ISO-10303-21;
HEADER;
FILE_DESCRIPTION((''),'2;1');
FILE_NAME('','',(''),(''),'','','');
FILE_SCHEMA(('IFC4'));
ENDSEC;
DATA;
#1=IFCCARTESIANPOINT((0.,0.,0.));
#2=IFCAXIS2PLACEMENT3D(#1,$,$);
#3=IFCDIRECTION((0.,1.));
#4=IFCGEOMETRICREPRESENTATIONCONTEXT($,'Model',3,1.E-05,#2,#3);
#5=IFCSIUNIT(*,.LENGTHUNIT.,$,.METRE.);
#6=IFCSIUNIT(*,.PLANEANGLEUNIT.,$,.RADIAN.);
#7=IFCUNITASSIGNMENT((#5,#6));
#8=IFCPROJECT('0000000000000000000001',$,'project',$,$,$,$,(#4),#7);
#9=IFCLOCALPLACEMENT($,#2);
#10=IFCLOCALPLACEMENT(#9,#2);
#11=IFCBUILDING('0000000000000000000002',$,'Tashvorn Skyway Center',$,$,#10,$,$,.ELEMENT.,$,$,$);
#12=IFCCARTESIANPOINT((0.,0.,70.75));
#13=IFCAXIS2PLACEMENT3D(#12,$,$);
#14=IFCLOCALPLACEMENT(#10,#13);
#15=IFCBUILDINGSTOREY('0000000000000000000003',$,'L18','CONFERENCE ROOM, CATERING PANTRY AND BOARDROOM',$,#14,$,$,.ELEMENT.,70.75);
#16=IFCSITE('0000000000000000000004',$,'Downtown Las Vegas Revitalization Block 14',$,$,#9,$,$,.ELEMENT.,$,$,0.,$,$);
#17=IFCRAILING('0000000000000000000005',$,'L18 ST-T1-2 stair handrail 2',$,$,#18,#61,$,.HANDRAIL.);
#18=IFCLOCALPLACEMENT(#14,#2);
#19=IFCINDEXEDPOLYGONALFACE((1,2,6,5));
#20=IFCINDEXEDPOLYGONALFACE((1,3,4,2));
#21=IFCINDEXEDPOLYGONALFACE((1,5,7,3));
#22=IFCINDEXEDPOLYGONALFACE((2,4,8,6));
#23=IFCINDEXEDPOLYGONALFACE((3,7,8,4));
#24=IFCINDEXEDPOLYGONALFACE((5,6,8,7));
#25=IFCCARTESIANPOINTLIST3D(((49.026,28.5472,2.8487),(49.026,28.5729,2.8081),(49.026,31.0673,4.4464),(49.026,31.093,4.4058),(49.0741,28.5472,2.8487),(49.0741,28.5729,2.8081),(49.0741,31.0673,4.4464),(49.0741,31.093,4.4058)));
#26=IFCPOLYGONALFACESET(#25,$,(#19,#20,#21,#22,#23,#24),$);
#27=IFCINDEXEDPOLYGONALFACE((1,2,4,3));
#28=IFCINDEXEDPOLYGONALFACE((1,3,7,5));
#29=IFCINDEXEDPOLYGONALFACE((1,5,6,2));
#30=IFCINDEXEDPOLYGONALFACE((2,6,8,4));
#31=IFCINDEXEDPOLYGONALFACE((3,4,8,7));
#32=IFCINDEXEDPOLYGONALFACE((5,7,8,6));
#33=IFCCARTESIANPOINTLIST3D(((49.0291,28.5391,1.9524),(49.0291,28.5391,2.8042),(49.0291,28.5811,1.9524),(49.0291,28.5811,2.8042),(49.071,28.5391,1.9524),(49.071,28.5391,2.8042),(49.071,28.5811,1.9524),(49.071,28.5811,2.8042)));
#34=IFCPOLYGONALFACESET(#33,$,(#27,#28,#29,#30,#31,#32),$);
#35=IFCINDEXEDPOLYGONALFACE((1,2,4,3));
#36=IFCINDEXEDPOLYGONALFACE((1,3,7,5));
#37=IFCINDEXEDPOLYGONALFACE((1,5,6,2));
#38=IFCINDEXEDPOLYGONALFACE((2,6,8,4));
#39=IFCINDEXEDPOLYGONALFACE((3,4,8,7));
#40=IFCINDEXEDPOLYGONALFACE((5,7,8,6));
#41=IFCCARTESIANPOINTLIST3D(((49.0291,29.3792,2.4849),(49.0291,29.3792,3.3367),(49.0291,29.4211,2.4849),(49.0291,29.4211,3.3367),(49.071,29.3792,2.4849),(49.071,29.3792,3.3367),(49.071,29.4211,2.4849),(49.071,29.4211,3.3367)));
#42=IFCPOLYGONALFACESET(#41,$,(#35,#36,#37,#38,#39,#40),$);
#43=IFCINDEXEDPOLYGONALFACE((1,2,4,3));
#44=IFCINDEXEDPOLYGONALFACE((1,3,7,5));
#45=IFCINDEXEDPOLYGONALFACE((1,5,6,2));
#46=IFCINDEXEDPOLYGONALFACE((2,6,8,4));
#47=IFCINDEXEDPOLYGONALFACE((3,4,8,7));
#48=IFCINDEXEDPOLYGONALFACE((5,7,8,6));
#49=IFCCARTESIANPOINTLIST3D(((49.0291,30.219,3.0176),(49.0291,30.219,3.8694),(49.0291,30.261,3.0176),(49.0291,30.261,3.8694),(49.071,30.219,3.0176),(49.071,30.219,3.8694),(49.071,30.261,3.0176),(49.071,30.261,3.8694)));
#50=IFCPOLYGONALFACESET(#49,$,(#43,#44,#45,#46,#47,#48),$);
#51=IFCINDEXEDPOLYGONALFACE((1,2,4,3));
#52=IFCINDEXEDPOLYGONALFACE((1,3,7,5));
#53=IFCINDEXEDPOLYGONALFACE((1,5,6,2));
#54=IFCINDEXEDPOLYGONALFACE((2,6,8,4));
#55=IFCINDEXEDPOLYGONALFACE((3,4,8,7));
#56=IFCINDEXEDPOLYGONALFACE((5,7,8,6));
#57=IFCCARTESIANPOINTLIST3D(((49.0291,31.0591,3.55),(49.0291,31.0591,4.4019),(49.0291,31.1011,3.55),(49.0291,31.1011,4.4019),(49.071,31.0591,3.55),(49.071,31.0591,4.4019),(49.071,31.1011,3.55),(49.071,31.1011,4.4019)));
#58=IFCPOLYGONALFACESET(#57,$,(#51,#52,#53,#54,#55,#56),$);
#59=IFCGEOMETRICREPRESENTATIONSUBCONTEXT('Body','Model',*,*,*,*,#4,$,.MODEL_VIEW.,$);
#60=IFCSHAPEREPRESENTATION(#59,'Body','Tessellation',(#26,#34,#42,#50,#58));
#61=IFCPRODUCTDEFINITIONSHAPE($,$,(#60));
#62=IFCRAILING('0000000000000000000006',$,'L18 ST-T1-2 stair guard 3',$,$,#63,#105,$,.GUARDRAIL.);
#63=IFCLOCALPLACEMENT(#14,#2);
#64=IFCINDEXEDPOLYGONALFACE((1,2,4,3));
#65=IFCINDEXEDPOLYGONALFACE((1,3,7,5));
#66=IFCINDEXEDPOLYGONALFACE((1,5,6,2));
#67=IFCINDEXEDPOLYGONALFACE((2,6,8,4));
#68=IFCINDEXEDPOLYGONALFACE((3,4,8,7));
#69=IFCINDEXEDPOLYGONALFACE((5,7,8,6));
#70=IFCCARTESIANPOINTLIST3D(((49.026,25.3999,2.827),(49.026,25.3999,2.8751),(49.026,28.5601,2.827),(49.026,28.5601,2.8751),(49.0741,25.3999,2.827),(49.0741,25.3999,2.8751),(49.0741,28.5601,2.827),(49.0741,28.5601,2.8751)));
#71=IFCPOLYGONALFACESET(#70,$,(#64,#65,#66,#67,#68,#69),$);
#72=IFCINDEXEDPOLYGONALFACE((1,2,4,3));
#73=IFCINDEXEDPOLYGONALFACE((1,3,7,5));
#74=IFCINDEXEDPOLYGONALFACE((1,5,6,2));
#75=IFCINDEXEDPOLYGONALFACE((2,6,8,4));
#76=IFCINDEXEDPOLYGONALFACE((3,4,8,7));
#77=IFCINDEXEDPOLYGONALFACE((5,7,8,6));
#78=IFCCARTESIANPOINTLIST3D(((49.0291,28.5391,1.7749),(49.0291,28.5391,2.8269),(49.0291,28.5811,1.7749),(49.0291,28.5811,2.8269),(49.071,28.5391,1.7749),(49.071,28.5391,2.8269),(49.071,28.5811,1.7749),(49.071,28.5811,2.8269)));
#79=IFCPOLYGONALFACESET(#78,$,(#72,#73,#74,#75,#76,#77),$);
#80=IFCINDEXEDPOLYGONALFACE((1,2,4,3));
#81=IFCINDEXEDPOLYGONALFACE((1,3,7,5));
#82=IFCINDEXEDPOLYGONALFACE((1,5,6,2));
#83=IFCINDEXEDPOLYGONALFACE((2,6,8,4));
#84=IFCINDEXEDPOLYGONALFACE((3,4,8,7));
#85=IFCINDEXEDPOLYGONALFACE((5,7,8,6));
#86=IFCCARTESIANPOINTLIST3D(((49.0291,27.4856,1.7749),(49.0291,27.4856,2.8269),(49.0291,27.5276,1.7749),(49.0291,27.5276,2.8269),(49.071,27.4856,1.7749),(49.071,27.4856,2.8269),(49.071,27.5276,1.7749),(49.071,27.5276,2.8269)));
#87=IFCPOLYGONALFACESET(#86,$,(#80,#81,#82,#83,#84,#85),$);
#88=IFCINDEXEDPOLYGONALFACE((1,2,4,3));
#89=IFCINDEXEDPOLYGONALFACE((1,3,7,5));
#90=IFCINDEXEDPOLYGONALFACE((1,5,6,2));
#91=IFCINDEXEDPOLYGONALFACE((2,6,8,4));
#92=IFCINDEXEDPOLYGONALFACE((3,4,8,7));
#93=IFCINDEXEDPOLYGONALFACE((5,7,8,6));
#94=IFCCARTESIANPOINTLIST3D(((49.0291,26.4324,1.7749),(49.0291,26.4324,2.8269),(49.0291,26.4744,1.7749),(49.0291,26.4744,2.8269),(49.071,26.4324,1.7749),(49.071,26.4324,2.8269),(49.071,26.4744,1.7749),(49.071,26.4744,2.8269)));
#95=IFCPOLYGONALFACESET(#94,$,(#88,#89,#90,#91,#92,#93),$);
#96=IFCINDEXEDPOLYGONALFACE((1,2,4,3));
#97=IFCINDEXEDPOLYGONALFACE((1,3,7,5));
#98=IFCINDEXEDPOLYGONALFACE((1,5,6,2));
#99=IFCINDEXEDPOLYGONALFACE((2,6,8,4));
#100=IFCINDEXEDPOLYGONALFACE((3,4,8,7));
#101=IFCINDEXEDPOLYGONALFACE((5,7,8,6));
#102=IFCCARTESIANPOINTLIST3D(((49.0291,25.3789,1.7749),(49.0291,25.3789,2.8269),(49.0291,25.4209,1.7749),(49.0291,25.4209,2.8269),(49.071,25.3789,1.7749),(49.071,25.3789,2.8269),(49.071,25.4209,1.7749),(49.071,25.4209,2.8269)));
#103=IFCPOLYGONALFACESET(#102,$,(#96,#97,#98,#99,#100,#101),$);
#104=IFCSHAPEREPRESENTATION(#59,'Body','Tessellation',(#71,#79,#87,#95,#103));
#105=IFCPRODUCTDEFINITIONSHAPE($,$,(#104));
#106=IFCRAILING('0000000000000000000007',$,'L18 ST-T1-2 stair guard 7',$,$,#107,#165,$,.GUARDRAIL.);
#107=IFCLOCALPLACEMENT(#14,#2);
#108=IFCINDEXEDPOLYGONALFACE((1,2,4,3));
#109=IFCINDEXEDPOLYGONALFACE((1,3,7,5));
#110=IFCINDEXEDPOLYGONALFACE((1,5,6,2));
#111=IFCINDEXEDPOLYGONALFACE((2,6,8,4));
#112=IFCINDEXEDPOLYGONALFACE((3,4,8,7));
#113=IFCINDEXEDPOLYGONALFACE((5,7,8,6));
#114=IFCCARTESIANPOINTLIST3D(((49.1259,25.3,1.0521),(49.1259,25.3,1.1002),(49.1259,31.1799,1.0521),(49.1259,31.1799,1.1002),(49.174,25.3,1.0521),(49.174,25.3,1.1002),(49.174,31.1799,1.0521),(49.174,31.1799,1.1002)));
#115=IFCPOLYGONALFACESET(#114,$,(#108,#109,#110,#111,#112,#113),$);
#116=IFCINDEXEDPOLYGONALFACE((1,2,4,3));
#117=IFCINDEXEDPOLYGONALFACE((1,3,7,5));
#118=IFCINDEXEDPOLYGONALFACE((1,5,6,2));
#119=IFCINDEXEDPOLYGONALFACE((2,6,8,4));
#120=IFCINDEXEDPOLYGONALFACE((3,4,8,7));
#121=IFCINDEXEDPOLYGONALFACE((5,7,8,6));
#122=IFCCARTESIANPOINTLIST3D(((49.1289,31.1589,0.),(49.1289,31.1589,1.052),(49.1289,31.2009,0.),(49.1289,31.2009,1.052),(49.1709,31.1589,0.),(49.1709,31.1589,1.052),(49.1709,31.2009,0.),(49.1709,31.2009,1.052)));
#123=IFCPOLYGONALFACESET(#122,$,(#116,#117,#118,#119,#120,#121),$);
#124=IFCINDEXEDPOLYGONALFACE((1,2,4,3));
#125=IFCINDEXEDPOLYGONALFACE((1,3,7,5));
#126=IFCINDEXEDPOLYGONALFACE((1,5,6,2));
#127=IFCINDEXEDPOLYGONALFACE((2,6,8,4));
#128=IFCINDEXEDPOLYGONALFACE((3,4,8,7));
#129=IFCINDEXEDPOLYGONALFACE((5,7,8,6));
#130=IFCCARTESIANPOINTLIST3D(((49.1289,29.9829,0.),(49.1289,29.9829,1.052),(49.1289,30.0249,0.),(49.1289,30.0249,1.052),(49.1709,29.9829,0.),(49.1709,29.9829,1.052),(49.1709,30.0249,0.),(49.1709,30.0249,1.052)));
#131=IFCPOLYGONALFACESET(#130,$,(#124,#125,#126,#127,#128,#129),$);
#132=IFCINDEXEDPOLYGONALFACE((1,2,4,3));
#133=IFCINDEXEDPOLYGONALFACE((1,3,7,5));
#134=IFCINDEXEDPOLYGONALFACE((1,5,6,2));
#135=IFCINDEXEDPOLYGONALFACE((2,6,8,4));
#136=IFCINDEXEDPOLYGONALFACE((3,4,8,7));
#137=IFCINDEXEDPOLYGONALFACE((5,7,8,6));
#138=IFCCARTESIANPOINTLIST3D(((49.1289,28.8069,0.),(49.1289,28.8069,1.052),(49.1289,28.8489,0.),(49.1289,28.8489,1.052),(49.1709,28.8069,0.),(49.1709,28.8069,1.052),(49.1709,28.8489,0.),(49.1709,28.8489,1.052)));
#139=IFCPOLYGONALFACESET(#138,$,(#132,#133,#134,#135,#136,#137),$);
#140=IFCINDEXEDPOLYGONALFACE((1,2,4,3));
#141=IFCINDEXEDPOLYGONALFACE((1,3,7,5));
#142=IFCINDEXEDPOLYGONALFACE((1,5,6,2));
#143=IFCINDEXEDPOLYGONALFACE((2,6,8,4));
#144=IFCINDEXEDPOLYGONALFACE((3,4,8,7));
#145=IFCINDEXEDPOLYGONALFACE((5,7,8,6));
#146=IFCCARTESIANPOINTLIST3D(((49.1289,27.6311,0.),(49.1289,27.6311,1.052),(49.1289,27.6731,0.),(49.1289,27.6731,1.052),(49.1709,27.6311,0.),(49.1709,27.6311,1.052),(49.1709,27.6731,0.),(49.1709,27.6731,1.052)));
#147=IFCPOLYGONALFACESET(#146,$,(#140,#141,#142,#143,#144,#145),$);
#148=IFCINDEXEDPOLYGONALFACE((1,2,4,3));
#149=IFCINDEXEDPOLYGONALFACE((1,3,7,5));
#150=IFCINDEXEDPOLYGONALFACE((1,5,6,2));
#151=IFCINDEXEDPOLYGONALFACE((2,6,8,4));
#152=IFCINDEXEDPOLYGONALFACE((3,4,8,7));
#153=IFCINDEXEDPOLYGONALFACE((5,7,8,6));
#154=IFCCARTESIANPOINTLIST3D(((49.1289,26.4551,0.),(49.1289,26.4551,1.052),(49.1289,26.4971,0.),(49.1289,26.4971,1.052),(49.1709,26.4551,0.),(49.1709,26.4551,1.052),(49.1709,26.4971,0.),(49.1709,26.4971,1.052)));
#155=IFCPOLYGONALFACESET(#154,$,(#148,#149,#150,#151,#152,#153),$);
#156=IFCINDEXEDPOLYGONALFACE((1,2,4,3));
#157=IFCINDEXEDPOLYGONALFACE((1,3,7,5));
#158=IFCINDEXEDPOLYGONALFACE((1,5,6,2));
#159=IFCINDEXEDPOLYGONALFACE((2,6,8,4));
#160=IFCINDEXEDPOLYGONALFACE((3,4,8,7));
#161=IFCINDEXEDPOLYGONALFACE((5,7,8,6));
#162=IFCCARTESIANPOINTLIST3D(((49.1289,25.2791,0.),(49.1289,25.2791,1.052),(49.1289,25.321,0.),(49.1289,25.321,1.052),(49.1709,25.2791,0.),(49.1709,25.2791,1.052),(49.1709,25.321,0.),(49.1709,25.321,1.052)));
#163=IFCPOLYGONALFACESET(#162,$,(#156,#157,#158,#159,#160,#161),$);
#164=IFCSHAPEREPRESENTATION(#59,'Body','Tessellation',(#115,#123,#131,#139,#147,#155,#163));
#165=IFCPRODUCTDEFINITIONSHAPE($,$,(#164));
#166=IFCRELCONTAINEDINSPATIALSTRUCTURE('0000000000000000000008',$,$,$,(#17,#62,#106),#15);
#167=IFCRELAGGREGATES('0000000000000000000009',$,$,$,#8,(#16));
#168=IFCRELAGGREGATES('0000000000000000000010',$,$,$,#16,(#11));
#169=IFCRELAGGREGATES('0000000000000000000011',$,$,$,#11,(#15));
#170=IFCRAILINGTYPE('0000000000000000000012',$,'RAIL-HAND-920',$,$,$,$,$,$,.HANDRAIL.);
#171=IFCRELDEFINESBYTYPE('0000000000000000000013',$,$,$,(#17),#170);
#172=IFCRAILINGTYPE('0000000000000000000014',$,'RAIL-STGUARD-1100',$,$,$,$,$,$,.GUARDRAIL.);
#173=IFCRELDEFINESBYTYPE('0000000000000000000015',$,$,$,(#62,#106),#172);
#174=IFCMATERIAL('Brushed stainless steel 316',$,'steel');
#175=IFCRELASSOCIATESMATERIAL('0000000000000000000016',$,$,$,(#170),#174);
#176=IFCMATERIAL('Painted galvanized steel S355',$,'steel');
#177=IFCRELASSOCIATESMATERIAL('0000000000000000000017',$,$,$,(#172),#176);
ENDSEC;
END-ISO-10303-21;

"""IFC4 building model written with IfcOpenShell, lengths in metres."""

from ifc_helpers import new_model, si_unit, direction, frame, origin, origin_2d, place, context, subcontext, project, spatial, rectangle, extrude, material, type_object, element, save


model = new_model("IFC4")

# Units and contexts
model_context = context("Model", 3, precision=1e-05, world=origin(), true_north=direction((0.0, 1.0)))
body_context = subcontext(model_context, "Body", "Model", "MODEL_VIEW")
ifc_project = project(units=[si_unit("LENGTHUNIT", "METRE"), si_unit("PLANEANGLEUNIT", "RADIAN")], contexts=[model_context])

# Site, building, storey
site_placement = place(None, origin())
site = spatial("IfcSite", under=ifc_project, at=site_placement, Name="Downtown Las Vegas Revitalization Block 14", CompositionType="ELEMENT", RefElevation=0.0)
building_placement = place(site_placement, origin())
building = spatial("IfcBuilding", under=site, at=building_placement, Name="Tashvorn Skyway Center", CompositionType="ELEMENT")
storey_placement = place(building_placement, frame((0.0, 0.0, 70.75)))
storey = spatial("IfcBuildingStorey", under=building, at=storey_placement, Name="L18", Description="CONFERENCE ROOM, CATERING PANTRY AND BOARDROOM", CompositionType="ELEMENT", Elevation=70.75)

# Railings
ifc_material_1 = material(Name="Brushed stainless steel 316", Category="steel")
railing_type_1 = type_object("IfcRailingType", Name="RAIL-HAND-920", PredefinedType="HANDRAIL", material=ifc_material_1)
railing_1_placement = place(storey_placement, frame((49.05, 28.5601, 1.9524)))
element("IfcRailing", 1, at=railing_1_placement, inside=storey, type_object=railing_type_1, Name="L18 ST-T1-2 stair handrail 2", PredefinedType="HANDRAIL", context=body_context, shape_type="SweptSolid", body=[
    extrude(rectangle(XDim=0.0481, YDim=0.0481, at=origin_2d()), frame((0.0, 0.0, 0.876), z_axis=(0.0, 0.84457, 0.535445), x_axis=(-1.0, 0.0, 0.0)), (0.0, 0.0, 1.0), 2.9839),
    extrude(rectangle(XDim=0.042, YDim=0.042, at=origin_2d()), origin(), (0.0, 0.0, 1.0), 0.8518),
    extrude(rectangle(XDim=0.042, YDim=0.042, at=origin_2d()), frame((0.0, 0.8401, 0.5325)), (0.0, 0.0, 1.0), 0.8518),
    extrude(rectangle(XDim=0.042, YDim=0.042, at=origin_2d()), frame((0.0, 1.6799, 1.0652)), (0.0, 0.0, 1.0), 0.8518),
    extrude(rectangle(XDim=0.042, YDim=0.042, at=origin_2d()), frame((0.0, 2.52, 1.5977)), (0.0, 0.0, 1.0), 0.8518),
])
ifc_material_2 = material(Name="Painted galvanized steel S355", Category="steel")
railing_type_2 = type_object("IfcRailingType", Name="RAIL-STGUARD-1100", PredefinedType="GUARDRAIL", material=ifc_material_2)
railing_2_placement = place(storey_placement, frame((49.05, 28.5601, 1.7749)))
element("IfcRailing", 2, at=railing_2_placement, inside=storey, type_object=railing_type_2, Name="L18 ST-T1-2 stair guard 3", PredefinedType="GUARDRAIL", context=body_context, shape_type="SweptSolid", body=[
    extrude(rectangle(XDim=0.0481, YDim=0.0481, at=origin_2d()), frame((0.0, 0.0, 1.0762), z_axis=(0.0, -1.0, 0.0), x_axis=(1.0, 0.0, 0.0)), (0.0, 0.0, 1.0), 3.1602),
    extrude(rectangle(XDim=0.042, YDim=0.042, at=origin_2d()), origin(), (0.0, 0.0, 1.0), 1.052),
    extrude(rectangle(XDim=0.042, YDim=0.042, at=origin_2d()), frame((0.0, -1.0535, 0.0)), (0.0, 0.0, 1.0), 1.052),
    extrude(rectangle(XDim=0.042, YDim=0.042, at=origin_2d()), frame((0.0, -2.1067, 0.0)), (0.0, 0.0, 1.0), 1.052),
    extrude(rectangle(XDim=0.042, YDim=0.042, at=origin_2d()), frame((0.0, -3.1602, 0.0)), (0.0, 0.0, 1.0), 1.052),
])
railing_3_placement = place(storey_placement, frame((49.1499, 31.1799, 0.0)))
element("IfcRailing", 3, at=railing_3_placement, inside=storey, type_object=railing_type_2, Name="L18 ST-T1-2 stair guard 7", PredefinedType="GUARDRAIL", context=body_context, shape_type="SweptSolid", body=[
    extrude(rectangle(XDim=0.0481, YDim=0.0481, at=origin_2d()), frame((0.0, 0.0, 1.0762), z_axis=(0.0, -1.0, 0.0), x_axis=(1.0, 0.0, 0.0)), (0.0, 0.0, 1.0), 5.8799),
    extrude(rectangle(XDim=0.042, YDim=0.042, at=origin_2d()), origin(), (0.0, 0.0, 1.0), 1.052),
    extrude(rectangle(XDim=0.042, YDim=0.042, at=origin_2d()), frame((0.0, -1.176, 0.0)), (0.0, 0.0, 1.0), 1.052),
    extrude(rectangle(XDim=0.042, YDim=0.042, at=origin_2d()), frame((0.0, -2.3521, 0.0)), (0.0, 0.0, 1.0), 1.052),
    extrude(rectangle(XDim=0.042, YDim=0.042, at=origin_2d()), frame((0.0, -3.5278, 0.0)), (0.0, 0.0, 1.0), 1.052),
    extrude(rectangle(XDim=0.042, YDim=0.042, at=origin_2d()), frame((0.0, -4.7039, 0.0)), (0.0, 0.0, 1.0), 1.052),
    extrude(rectangle(XDim=0.042, YDim=0.042, at=origin_2d()), frame((0.0, -5.8799, 0.0)), (0.0, 0.0, 1.0), 1.052),
])

save(model, "model.ifc")
